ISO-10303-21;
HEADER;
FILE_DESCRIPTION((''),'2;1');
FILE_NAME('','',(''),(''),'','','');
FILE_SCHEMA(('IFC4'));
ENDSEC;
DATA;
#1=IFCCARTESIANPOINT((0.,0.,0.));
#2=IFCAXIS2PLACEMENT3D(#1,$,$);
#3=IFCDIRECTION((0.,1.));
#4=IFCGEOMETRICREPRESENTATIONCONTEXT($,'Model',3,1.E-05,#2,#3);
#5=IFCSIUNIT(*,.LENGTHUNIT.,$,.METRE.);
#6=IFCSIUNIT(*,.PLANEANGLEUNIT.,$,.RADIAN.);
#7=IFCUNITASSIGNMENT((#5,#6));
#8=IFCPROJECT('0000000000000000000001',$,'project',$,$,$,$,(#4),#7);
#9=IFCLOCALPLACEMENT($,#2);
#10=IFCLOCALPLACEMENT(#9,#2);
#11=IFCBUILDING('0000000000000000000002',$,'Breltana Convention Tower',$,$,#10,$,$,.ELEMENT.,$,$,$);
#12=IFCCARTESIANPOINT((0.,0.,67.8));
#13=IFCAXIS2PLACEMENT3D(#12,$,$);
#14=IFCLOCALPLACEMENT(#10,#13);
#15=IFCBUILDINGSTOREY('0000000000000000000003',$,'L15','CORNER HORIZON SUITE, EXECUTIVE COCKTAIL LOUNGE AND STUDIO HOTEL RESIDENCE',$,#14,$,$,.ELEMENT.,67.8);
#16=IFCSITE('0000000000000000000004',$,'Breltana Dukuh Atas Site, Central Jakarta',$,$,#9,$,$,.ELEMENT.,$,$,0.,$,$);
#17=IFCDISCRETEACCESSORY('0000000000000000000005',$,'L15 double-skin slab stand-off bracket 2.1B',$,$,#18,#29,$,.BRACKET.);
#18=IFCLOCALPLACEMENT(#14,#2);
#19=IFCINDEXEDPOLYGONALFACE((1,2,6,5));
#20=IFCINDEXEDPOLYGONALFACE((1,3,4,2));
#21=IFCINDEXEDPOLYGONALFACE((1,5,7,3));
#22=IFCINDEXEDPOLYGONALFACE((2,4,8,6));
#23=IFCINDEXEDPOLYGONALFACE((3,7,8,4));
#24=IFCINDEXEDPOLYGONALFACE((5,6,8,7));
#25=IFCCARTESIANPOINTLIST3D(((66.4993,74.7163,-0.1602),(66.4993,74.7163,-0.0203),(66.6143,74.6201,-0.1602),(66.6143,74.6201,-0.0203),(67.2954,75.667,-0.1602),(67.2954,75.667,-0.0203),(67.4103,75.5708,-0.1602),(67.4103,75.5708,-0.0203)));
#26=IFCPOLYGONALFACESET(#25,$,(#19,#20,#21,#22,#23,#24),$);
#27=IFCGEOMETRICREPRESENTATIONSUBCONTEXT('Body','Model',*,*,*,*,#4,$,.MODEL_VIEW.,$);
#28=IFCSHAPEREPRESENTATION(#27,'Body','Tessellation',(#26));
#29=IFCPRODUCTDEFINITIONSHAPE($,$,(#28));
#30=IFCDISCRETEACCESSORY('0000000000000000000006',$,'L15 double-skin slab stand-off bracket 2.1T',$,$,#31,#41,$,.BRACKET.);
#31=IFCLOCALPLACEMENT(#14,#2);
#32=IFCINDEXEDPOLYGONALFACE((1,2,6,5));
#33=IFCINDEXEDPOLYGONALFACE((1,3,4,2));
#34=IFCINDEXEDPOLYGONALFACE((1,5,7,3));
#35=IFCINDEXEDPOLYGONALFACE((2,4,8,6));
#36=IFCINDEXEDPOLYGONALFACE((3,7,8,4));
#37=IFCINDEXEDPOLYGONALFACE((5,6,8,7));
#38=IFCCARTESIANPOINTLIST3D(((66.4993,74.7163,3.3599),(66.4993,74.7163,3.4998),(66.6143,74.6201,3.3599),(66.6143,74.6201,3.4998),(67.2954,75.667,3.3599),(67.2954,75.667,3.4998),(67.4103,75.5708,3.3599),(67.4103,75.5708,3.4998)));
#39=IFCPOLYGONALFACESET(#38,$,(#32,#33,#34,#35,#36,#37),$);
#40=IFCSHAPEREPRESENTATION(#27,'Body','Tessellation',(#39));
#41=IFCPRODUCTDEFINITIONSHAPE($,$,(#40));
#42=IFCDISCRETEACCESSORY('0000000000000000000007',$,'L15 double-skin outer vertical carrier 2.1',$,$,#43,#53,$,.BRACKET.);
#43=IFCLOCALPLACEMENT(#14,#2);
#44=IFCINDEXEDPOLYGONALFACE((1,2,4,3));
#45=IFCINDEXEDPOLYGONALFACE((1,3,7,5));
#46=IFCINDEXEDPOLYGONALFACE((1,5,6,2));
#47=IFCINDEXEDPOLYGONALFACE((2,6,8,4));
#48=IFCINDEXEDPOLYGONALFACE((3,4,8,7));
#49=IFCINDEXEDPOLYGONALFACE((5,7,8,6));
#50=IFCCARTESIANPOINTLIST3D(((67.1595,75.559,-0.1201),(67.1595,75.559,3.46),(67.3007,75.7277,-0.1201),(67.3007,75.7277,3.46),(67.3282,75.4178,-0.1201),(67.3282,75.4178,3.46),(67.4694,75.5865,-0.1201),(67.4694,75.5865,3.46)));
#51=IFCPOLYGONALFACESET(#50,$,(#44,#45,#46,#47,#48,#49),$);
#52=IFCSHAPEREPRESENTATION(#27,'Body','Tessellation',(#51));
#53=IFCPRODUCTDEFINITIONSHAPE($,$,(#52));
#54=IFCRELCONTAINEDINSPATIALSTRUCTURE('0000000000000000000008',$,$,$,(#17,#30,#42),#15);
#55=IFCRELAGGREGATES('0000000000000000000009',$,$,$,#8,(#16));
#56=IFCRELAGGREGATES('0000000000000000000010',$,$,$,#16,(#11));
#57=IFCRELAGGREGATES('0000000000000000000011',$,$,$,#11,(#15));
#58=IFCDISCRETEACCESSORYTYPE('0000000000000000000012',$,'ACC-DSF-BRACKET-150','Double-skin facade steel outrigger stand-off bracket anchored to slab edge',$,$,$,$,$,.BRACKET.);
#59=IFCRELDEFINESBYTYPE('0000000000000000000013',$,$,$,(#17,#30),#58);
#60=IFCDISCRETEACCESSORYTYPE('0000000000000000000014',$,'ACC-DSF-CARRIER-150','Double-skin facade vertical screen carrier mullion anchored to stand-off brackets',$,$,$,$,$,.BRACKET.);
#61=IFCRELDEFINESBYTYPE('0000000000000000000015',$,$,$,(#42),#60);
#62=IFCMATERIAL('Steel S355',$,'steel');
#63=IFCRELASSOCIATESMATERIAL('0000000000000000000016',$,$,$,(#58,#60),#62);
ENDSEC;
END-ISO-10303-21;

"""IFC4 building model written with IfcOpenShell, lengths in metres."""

from ifc_helpers import new_model, si_unit, direction, frame, origin, origin_2d, place, context, subcontext, project, spatial, rectangle, extrude, source, transform, mapped, material, type_object, type_shapes, element, save


model = new_model("IFC4")

# Units and contexts
model_context = context("Model", 3, precision=1e-05, world=origin(), true_north=direction((0.0, 1.0)))
body_context = subcontext(model_context, "Body", "Model", "MODEL_VIEW")
ifc_project = project(units=[si_unit("LENGTHUNIT", "METRE"), si_unit("PLANEANGLEUNIT", "RADIAN")], contexts=[model_context])

# Site, building, storey
site_placement = place(None, origin())
site = spatial("IfcSite", under=ifc_project, at=site_placement, Name="Breltana Dukuh Atas Site, Central Jakarta", CompositionType="ELEMENT", RefElevation=0.0)
building_placement = place(site_placement, origin())
building = spatial("IfcBuilding", under=site, at=building_placement, Name="Breltana Convention Tower", CompositionType="ELEMENT")
storey_placement = place(building_placement, frame((0.0, 0.0, 67.8)))
storey = spatial("IfcBuildingStorey", under=building, at=storey_placement, Name="L15", Description="CORNER HORIZON SUITE, EXECUTIVE COCKTAIL LOUNGE AND STUDIO HOTEL RESIDENCE", CompositionType="ELEMENT", Elevation=67.8)

# Discrete accessories
ifc_material_1 = material(Name="Steel S355", Category="steel")
discrete_accessory_type_1 = type_object("IfcDiscreteAccessoryType", Name="ACC-DSF-BRACKET-150", Description="Double-skin facade steel outrigger stand-off bracket anchored to slab edge", PredefinedType="BRACKET", material=ifc_material_1)
shared_shape_1 = source(origin(), body_context, "Body", "SweptSolid", [
    extrude(rectangle(XDim=1.24, YDim=0.1499, at=origin_2d()), origin(), (0.0, 0.0, 1.0), 0.1399),
])
type_shapes(discrete_accessory_type_1, [shared_shape_1])
for number, where, z_axis, x_axis, name in (
    (1, (66.9548, 75.1436, -0.1602), (0.0, 0.0, 1.0), (0.64199, 0.766713, 0.0), "L15 double-skin slab stand-off bracket 2.1B"),
    (2, (66.9548, 75.1436, 3.3599), (0.0, 0.0, 1.0), (0.64199, 0.766713, 0.0), "L15 double-skin slab stand-off bracket 2.1T"),
):
    element("IfcDiscreteAccessory", number, at=place(storey_placement, frame(where, z_axis=z_axis, x_axis=x_axis)), inside=storey, type_object=discrete_accessory_type_1, Name=name, PredefinedType="BRACKET", context=body_context, shape_type="MappedRepresentation", body=[
        mapped(shared_shape_1, transform((0.0, 0.0, 0.0), scale=1.0)),
    ])
discrete_accessory_type_2 = type_object("IfcDiscreteAccessoryType", Name="ACC-DSF-CARRIER-150", Description="Double-skin facade vertical screen carrier mullion anchored to stand-off brackets", PredefinedType="BRACKET", material=ifc_material_1)
shared_shape_2 = source(origin(), body_context, "Body", "SweptSolid", [
    extrude(rectangle(XDim=0.22, YDim=0.22, at=origin_2d()), origin(), (0.0, 0.0, 1.0), 3.5801),
])
discrete_accessory_placement = place(storey_placement, frame((67.3145, 75.5728, -0.1201), z_axis=(0.0, 0.0, 1.0), x_axis=(0.64199, 0.766713, 0.0)))
element("IfcDiscreteAccessory", 3, at=discrete_accessory_placement, inside=storey, type_object=discrete_accessory_type_2, Name="L15 double-skin outer vertical carrier 2.1", PredefinedType="BRACKET", context=body_context, shape_type="MappedRepresentation", body=[
    mapped(shared_shape_2, transform((0.0, 0.0, 0.0), scale=1.0)),
])

save(model, "model.ifc")
